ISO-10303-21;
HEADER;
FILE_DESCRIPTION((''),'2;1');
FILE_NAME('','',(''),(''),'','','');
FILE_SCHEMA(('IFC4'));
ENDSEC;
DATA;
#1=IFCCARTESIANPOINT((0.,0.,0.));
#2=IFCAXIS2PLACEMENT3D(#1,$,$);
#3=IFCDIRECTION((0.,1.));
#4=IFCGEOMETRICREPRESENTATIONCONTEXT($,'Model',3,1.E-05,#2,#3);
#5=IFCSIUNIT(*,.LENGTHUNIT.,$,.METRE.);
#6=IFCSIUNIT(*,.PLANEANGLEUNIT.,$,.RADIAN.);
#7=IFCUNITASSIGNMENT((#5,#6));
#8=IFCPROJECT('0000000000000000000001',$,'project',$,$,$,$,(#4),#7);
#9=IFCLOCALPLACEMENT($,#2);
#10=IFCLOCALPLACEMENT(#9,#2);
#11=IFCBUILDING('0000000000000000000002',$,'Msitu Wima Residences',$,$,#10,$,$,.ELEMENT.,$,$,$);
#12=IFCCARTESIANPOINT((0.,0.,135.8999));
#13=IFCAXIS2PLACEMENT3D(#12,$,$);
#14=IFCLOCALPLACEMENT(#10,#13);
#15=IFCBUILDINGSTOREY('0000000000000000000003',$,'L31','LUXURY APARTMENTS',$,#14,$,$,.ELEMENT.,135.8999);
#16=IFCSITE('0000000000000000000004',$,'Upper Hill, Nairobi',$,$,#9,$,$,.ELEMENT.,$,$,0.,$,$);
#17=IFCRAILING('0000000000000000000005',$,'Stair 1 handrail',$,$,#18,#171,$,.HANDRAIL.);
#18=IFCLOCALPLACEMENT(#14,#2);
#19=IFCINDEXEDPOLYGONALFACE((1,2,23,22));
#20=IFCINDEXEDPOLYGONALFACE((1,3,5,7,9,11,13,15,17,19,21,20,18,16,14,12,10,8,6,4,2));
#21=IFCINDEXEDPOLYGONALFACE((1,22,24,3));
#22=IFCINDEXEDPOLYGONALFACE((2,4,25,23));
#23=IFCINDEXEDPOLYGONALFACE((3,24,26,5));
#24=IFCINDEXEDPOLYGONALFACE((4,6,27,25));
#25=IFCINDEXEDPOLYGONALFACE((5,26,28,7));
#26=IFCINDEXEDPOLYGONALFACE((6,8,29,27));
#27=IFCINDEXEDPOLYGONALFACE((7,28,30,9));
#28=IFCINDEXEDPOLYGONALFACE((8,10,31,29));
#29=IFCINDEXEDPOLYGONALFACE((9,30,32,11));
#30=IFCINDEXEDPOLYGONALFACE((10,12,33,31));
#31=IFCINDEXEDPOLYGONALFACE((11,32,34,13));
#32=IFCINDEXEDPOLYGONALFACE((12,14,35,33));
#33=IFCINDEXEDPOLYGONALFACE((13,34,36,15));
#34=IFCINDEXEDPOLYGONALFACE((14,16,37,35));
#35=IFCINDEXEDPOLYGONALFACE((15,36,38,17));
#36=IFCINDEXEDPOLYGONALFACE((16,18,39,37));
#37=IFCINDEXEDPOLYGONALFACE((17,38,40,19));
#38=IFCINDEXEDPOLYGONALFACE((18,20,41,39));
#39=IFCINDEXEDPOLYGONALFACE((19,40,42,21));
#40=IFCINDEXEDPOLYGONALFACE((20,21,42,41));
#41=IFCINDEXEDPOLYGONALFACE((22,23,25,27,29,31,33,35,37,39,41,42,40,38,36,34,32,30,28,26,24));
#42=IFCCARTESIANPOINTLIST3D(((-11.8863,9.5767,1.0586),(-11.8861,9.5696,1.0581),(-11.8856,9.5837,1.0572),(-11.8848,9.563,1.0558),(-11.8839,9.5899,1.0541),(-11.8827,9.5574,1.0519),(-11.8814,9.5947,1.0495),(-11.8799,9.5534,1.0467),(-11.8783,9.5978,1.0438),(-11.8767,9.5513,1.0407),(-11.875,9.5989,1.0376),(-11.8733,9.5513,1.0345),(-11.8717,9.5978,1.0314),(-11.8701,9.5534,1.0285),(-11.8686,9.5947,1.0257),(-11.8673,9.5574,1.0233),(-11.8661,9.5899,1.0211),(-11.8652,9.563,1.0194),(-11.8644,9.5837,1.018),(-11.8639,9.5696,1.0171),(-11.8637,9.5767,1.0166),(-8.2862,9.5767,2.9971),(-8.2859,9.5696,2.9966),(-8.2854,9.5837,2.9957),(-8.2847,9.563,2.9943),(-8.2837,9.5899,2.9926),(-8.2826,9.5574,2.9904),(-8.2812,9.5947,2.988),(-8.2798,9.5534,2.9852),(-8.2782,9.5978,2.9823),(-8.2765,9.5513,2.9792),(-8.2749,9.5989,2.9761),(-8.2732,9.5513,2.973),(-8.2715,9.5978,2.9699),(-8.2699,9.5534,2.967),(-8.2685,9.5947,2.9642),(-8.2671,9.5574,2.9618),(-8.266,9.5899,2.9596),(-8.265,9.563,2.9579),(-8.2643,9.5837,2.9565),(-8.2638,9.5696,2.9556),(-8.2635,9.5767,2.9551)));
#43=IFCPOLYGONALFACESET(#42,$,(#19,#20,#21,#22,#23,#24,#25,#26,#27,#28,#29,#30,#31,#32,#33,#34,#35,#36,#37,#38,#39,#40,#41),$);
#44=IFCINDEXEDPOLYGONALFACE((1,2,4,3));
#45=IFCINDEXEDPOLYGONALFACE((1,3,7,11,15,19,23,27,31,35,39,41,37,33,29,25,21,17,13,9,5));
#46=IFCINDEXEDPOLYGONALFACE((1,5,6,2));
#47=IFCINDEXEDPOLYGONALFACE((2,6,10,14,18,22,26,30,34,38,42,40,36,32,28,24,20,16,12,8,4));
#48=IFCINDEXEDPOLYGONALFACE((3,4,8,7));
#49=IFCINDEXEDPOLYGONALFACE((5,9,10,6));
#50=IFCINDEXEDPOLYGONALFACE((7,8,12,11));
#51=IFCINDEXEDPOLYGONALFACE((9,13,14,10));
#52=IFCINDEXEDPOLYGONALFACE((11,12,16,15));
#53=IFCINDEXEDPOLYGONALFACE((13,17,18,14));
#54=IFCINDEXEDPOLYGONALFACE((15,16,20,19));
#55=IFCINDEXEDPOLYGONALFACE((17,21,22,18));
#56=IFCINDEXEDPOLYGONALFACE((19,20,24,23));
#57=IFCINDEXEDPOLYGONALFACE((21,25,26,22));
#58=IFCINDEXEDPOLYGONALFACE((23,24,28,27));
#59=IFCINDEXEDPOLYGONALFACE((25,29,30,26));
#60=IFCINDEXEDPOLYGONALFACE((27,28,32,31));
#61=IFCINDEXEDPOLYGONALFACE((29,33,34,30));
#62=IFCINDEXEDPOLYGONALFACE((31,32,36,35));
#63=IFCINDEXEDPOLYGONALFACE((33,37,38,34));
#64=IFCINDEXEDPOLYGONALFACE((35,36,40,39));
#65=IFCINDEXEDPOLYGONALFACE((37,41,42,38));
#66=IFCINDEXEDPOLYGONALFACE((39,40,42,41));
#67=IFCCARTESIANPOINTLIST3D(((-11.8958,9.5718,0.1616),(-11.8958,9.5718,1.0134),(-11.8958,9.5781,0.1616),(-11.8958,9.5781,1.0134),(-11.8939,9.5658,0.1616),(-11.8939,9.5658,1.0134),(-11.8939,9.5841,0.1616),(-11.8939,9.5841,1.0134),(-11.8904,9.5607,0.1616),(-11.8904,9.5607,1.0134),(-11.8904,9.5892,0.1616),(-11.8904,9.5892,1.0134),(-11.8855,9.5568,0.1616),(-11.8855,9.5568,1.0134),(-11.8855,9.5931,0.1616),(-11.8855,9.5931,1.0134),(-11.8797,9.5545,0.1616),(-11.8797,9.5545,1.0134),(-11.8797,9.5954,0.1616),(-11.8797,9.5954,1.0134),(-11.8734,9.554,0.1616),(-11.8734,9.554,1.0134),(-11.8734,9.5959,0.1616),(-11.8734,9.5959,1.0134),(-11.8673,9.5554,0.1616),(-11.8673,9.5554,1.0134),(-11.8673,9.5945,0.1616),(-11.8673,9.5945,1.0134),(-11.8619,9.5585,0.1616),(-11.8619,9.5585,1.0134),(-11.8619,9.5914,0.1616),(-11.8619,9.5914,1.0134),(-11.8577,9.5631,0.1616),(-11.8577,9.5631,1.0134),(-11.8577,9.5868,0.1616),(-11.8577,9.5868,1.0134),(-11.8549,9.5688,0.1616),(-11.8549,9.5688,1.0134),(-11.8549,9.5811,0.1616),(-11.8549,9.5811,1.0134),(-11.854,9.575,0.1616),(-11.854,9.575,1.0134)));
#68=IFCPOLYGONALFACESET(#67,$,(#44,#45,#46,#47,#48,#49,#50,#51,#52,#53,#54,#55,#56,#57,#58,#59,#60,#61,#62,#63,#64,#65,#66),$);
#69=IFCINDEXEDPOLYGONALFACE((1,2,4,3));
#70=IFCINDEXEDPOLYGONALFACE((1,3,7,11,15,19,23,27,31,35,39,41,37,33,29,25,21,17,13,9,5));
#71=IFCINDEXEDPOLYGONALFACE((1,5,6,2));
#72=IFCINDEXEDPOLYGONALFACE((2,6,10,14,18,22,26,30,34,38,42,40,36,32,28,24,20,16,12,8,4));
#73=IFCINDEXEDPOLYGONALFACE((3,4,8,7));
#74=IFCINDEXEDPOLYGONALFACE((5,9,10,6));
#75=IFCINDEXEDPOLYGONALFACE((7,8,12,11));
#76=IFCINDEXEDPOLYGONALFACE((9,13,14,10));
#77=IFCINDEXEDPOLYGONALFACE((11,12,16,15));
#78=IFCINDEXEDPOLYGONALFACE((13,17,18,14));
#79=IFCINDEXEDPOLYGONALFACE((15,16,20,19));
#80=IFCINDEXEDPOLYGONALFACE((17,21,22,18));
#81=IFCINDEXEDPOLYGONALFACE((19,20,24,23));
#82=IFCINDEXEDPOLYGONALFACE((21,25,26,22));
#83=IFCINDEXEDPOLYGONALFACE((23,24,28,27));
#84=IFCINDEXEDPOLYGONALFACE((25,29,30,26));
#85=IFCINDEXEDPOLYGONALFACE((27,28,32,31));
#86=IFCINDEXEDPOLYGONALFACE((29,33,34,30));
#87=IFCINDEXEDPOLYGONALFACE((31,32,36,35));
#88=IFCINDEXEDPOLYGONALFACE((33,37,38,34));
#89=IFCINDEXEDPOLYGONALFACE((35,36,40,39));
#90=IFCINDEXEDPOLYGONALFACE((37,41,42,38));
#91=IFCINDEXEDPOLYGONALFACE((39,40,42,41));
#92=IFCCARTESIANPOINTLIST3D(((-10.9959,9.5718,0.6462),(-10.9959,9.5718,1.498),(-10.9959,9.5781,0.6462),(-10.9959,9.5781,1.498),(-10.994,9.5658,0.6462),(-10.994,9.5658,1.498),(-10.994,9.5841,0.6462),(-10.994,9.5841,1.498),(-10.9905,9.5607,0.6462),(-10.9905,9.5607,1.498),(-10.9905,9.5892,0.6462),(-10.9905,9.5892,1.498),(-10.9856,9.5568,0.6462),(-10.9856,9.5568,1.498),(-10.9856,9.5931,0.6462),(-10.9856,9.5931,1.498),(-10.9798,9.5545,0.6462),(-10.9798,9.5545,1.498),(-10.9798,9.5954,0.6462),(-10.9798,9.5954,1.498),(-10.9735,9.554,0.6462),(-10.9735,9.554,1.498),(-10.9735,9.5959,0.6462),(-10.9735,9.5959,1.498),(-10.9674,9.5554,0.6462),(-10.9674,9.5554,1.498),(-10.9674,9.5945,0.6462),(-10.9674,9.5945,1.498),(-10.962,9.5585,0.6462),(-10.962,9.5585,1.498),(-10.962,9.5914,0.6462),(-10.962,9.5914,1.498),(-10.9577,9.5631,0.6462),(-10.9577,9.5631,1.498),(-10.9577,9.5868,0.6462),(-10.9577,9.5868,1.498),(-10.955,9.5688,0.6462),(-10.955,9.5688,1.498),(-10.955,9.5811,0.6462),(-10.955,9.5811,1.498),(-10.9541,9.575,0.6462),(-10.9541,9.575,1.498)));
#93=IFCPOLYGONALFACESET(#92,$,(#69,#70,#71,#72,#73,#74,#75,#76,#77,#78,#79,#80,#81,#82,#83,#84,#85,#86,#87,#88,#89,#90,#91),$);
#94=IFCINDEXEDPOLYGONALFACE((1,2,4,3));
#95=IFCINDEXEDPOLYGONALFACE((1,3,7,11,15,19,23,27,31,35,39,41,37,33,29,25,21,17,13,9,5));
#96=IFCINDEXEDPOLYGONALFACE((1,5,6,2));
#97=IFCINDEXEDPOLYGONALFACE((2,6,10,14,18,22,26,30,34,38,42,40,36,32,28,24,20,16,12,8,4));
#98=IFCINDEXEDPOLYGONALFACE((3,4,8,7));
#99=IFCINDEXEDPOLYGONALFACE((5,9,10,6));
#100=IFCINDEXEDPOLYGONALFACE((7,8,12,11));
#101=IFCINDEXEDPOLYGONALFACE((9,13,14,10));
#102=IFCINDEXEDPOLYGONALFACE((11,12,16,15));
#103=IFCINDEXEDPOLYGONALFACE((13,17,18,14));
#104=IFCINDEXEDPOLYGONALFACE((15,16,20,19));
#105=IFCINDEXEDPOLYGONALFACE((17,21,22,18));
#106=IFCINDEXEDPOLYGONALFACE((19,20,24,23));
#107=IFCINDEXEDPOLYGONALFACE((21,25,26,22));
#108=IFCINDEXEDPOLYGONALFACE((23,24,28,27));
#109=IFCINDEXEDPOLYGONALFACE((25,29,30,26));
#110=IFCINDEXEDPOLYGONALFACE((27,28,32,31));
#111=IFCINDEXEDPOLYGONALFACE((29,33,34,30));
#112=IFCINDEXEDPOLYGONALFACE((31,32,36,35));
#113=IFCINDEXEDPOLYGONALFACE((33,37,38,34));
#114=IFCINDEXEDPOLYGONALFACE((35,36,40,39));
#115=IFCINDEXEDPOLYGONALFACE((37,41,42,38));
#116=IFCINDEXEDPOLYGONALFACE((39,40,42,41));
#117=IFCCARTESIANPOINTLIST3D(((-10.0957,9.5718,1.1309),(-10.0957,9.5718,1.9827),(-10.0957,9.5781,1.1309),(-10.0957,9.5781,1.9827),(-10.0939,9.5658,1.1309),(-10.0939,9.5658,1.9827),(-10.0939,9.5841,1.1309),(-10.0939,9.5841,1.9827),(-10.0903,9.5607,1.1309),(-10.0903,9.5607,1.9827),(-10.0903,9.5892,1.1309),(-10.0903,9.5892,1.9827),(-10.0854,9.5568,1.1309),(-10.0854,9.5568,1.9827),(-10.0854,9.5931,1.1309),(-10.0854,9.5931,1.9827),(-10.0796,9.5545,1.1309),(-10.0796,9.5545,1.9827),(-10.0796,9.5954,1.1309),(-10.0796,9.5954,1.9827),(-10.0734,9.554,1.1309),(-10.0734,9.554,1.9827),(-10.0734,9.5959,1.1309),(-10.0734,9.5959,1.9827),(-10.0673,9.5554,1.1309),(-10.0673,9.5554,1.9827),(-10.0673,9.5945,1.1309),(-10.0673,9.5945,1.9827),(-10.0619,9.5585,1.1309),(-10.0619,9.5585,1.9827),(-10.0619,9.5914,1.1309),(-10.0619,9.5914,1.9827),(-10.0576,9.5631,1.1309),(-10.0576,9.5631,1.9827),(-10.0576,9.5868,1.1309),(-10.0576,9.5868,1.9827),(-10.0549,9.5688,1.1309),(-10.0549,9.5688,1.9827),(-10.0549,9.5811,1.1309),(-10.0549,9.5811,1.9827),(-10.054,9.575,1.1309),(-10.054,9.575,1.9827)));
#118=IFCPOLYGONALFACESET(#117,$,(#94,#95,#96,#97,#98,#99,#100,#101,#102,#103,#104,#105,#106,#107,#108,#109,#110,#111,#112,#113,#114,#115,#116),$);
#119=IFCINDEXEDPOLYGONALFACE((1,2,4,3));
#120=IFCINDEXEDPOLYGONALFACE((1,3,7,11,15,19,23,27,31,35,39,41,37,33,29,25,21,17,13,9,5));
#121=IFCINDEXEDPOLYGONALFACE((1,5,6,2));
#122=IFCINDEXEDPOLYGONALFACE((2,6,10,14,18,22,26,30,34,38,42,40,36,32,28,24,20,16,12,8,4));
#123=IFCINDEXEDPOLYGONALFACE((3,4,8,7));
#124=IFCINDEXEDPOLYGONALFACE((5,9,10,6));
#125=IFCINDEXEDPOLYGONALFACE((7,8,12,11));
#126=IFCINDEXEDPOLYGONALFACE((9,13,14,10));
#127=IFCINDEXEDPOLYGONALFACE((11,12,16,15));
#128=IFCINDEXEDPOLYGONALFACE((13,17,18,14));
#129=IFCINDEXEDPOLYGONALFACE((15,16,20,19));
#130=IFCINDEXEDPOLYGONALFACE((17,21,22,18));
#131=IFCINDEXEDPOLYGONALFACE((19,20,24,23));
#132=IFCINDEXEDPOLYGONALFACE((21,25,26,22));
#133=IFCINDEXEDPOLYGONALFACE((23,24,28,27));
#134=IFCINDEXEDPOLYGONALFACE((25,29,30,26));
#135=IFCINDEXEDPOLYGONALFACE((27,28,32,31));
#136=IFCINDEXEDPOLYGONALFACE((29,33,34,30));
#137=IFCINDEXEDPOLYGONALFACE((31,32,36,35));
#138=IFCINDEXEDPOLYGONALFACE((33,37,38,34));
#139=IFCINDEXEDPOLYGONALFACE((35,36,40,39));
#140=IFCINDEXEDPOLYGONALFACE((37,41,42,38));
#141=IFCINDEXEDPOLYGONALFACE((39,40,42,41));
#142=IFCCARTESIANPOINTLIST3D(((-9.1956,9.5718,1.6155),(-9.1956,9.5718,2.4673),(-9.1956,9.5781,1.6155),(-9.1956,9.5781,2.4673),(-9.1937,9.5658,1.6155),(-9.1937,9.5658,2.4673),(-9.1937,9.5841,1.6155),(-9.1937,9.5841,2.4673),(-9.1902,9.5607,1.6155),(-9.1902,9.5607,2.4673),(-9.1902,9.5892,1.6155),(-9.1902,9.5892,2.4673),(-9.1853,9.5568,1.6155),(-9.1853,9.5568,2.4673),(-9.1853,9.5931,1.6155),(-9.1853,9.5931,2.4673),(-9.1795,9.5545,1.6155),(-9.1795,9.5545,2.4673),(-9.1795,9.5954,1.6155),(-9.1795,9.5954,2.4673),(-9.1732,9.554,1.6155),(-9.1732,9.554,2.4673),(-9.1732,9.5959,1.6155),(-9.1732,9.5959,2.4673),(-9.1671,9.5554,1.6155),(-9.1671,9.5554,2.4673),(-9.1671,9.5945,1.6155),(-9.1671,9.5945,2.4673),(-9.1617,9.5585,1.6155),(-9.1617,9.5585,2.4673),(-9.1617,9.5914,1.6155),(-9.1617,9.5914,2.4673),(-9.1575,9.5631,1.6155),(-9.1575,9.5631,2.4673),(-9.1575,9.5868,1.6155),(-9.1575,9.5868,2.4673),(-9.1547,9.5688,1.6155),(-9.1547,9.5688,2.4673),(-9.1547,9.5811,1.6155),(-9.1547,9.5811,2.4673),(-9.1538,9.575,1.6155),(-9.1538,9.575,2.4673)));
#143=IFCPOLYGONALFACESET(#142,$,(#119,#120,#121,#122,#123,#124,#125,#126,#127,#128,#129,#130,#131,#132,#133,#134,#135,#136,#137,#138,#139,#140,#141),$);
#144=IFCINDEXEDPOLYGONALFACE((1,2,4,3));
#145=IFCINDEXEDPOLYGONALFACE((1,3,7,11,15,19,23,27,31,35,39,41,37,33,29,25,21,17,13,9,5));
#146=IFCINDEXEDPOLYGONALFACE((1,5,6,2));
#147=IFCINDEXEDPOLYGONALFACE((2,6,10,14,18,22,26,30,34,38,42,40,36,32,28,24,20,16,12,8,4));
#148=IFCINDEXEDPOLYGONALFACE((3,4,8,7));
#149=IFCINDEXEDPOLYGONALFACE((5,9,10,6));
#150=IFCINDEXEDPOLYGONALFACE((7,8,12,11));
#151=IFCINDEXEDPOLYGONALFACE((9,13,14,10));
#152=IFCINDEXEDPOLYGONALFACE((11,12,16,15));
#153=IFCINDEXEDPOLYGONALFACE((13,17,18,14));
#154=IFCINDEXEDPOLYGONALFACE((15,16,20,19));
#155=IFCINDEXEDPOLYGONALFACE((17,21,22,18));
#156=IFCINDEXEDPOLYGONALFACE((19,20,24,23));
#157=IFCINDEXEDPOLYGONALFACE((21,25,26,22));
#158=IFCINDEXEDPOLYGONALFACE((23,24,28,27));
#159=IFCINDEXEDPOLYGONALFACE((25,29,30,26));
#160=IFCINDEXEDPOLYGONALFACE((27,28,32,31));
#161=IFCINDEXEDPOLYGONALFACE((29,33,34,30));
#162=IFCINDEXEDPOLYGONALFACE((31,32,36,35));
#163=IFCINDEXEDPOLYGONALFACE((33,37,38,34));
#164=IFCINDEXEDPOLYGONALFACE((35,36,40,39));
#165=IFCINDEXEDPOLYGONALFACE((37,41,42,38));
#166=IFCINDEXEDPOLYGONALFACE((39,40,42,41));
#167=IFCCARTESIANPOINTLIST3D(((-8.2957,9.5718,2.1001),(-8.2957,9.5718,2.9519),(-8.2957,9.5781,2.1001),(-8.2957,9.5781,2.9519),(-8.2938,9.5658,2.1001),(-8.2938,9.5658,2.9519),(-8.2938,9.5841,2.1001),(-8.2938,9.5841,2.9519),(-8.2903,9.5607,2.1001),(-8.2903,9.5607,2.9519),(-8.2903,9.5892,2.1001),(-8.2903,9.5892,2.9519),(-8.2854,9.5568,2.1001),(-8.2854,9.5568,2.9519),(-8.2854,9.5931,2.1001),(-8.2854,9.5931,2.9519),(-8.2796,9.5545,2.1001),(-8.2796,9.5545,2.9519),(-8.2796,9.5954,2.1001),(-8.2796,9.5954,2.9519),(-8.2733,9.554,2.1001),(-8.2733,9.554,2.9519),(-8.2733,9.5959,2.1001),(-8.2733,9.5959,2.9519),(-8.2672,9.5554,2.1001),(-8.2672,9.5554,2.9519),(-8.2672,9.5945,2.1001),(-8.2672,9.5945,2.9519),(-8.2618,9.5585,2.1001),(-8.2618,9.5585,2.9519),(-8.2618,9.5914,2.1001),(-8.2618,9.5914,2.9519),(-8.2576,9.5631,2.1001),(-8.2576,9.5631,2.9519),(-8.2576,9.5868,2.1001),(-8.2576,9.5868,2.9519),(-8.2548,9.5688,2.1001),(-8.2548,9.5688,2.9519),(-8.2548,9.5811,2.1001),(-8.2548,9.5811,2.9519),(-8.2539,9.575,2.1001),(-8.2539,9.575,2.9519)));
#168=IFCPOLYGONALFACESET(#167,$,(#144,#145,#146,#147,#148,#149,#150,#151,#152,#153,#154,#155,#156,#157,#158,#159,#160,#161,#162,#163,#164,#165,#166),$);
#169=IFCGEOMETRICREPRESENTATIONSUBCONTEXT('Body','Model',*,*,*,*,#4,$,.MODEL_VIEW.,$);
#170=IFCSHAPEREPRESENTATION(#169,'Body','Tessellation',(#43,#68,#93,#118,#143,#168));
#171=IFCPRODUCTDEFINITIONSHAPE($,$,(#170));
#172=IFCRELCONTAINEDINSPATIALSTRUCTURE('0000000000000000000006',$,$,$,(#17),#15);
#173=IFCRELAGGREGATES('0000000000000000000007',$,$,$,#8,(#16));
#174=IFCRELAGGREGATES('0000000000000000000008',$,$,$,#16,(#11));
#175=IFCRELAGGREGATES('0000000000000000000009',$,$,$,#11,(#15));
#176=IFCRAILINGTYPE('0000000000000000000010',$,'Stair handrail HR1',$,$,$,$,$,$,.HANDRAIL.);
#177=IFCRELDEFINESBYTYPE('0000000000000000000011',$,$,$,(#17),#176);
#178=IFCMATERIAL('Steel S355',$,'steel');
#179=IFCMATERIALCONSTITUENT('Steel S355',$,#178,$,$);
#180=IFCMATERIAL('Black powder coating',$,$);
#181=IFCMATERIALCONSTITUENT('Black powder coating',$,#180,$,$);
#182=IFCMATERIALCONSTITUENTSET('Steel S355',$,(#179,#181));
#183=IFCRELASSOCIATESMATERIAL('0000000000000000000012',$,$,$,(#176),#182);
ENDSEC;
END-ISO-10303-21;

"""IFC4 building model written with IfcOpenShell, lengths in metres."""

from ifc_helpers import new_model, si_unit, direction, frame, origin, origin_2d, place, context, subcontext, project, spatial, circle, extrude, material, constituent, constituent_set, type_object, element, save


model = new_model("IFC4")

# Units and contexts
model_context = context("Model", 3, precision=1e-05, world=origin(), true_north=direction((0.0, 1.0)))
body_context = subcontext(model_context, "Body", "Model", "MODEL_VIEW")
ifc_project = project(units=[si_unit("LENGTHUNIT", "METRE"), si_unit("PLANEANGLEUNIT", "RADIAN")], contexts=[model_context])

# Site, building, storey
site_placement = place(None, origin())
site = spatial("IfcSite", under=ifc_project, at=site_placement, Name="Upper Hill, Nairobi", CompositionType="ELEMENT", RefElevation=0.0)
building_placement = place(site_placement, origin())
building = spatial("IfcBuilding", under=site, at=building_placement, Name="Msitu Wima Residences", CompositionType="ELEMENT")
storey_placement = place(building_placement, frame((0.0, 0.0, 135.8999)))
storey = spatial("IfcBuildingStorey", under=building, at=storey_placement, Name="L31", Description="LUXURY APARTMENTS", CompositionType="ELEMENT", Elevation=135.8999)

# Railing
ifc_material_1 = material(Name="Steel S355", Category="steel")
ifc_constituent_1 = constituent(ifc_material_1, Name="Steel S355")
ifc_material_2 = material(Name="Black powder coating")
ifc_constituent_2 = constituent(ifc_material_2, Name="Black powder coating")
ifc_constituent_set = constituent_set(constituents=[ifc_constituent_1, ifc_constituent_2], Name="Steel S355")
railing_type = type_object("IfcRailingType", Name="Stair handrail HR1", PredefinedType="HANDRAIL", material=ifc_constituent_set)
railing_1_placement = place(storey_placement, frame((-11.875, 9.575, 0.1616)))
element("IfcRailing", 1, at=railing_1_placement, inside=storey, type_object=railing_type, Name="Stair 1 handrail", PredefinedType="HANDRAIL", context=body_context, shape_type="SweptSolid", body=[
    extrude(circle(Radius=0.0239, at=origin_2d()), frame((0.0, 0.0, 0.876), z_axis=(0.880475, 0.0, 0.474093), x_axis=(0.0, 1.0, 0.0)), (0.0, 0.0, 1.0), 4.0889),
    extrude(circle(Radius=0.021, at=origin_2d()), origin(), (0.0, 0.0, 1.0), 0.8518),
    extrude(circle(Radius=0.021, at=origin_2d()), frame((0.8999, 0.0, 0.4846)), (0.0, 0.0, 1.0), 0.8518),
    extrude(circle(Radius=0.021, at=origin_2d()), frame((1.8, 0.0, 0.9692)), (0.0, 0.0, 1.0), 0.8518),
    extrude(circle(Radius=0.021, at=origin_2d()), frame((2.7002, 0.0, 1.4539)), (0.0, 0.0, 1.0), 0.8518),
    extrude(circle(Radius=0.021, at=origin_2d()), frame((3.6001, 0.0, 1.9385)), (0.0, 0.0, 1.0), 0.8518),
])

save(model, "model.ifc")
